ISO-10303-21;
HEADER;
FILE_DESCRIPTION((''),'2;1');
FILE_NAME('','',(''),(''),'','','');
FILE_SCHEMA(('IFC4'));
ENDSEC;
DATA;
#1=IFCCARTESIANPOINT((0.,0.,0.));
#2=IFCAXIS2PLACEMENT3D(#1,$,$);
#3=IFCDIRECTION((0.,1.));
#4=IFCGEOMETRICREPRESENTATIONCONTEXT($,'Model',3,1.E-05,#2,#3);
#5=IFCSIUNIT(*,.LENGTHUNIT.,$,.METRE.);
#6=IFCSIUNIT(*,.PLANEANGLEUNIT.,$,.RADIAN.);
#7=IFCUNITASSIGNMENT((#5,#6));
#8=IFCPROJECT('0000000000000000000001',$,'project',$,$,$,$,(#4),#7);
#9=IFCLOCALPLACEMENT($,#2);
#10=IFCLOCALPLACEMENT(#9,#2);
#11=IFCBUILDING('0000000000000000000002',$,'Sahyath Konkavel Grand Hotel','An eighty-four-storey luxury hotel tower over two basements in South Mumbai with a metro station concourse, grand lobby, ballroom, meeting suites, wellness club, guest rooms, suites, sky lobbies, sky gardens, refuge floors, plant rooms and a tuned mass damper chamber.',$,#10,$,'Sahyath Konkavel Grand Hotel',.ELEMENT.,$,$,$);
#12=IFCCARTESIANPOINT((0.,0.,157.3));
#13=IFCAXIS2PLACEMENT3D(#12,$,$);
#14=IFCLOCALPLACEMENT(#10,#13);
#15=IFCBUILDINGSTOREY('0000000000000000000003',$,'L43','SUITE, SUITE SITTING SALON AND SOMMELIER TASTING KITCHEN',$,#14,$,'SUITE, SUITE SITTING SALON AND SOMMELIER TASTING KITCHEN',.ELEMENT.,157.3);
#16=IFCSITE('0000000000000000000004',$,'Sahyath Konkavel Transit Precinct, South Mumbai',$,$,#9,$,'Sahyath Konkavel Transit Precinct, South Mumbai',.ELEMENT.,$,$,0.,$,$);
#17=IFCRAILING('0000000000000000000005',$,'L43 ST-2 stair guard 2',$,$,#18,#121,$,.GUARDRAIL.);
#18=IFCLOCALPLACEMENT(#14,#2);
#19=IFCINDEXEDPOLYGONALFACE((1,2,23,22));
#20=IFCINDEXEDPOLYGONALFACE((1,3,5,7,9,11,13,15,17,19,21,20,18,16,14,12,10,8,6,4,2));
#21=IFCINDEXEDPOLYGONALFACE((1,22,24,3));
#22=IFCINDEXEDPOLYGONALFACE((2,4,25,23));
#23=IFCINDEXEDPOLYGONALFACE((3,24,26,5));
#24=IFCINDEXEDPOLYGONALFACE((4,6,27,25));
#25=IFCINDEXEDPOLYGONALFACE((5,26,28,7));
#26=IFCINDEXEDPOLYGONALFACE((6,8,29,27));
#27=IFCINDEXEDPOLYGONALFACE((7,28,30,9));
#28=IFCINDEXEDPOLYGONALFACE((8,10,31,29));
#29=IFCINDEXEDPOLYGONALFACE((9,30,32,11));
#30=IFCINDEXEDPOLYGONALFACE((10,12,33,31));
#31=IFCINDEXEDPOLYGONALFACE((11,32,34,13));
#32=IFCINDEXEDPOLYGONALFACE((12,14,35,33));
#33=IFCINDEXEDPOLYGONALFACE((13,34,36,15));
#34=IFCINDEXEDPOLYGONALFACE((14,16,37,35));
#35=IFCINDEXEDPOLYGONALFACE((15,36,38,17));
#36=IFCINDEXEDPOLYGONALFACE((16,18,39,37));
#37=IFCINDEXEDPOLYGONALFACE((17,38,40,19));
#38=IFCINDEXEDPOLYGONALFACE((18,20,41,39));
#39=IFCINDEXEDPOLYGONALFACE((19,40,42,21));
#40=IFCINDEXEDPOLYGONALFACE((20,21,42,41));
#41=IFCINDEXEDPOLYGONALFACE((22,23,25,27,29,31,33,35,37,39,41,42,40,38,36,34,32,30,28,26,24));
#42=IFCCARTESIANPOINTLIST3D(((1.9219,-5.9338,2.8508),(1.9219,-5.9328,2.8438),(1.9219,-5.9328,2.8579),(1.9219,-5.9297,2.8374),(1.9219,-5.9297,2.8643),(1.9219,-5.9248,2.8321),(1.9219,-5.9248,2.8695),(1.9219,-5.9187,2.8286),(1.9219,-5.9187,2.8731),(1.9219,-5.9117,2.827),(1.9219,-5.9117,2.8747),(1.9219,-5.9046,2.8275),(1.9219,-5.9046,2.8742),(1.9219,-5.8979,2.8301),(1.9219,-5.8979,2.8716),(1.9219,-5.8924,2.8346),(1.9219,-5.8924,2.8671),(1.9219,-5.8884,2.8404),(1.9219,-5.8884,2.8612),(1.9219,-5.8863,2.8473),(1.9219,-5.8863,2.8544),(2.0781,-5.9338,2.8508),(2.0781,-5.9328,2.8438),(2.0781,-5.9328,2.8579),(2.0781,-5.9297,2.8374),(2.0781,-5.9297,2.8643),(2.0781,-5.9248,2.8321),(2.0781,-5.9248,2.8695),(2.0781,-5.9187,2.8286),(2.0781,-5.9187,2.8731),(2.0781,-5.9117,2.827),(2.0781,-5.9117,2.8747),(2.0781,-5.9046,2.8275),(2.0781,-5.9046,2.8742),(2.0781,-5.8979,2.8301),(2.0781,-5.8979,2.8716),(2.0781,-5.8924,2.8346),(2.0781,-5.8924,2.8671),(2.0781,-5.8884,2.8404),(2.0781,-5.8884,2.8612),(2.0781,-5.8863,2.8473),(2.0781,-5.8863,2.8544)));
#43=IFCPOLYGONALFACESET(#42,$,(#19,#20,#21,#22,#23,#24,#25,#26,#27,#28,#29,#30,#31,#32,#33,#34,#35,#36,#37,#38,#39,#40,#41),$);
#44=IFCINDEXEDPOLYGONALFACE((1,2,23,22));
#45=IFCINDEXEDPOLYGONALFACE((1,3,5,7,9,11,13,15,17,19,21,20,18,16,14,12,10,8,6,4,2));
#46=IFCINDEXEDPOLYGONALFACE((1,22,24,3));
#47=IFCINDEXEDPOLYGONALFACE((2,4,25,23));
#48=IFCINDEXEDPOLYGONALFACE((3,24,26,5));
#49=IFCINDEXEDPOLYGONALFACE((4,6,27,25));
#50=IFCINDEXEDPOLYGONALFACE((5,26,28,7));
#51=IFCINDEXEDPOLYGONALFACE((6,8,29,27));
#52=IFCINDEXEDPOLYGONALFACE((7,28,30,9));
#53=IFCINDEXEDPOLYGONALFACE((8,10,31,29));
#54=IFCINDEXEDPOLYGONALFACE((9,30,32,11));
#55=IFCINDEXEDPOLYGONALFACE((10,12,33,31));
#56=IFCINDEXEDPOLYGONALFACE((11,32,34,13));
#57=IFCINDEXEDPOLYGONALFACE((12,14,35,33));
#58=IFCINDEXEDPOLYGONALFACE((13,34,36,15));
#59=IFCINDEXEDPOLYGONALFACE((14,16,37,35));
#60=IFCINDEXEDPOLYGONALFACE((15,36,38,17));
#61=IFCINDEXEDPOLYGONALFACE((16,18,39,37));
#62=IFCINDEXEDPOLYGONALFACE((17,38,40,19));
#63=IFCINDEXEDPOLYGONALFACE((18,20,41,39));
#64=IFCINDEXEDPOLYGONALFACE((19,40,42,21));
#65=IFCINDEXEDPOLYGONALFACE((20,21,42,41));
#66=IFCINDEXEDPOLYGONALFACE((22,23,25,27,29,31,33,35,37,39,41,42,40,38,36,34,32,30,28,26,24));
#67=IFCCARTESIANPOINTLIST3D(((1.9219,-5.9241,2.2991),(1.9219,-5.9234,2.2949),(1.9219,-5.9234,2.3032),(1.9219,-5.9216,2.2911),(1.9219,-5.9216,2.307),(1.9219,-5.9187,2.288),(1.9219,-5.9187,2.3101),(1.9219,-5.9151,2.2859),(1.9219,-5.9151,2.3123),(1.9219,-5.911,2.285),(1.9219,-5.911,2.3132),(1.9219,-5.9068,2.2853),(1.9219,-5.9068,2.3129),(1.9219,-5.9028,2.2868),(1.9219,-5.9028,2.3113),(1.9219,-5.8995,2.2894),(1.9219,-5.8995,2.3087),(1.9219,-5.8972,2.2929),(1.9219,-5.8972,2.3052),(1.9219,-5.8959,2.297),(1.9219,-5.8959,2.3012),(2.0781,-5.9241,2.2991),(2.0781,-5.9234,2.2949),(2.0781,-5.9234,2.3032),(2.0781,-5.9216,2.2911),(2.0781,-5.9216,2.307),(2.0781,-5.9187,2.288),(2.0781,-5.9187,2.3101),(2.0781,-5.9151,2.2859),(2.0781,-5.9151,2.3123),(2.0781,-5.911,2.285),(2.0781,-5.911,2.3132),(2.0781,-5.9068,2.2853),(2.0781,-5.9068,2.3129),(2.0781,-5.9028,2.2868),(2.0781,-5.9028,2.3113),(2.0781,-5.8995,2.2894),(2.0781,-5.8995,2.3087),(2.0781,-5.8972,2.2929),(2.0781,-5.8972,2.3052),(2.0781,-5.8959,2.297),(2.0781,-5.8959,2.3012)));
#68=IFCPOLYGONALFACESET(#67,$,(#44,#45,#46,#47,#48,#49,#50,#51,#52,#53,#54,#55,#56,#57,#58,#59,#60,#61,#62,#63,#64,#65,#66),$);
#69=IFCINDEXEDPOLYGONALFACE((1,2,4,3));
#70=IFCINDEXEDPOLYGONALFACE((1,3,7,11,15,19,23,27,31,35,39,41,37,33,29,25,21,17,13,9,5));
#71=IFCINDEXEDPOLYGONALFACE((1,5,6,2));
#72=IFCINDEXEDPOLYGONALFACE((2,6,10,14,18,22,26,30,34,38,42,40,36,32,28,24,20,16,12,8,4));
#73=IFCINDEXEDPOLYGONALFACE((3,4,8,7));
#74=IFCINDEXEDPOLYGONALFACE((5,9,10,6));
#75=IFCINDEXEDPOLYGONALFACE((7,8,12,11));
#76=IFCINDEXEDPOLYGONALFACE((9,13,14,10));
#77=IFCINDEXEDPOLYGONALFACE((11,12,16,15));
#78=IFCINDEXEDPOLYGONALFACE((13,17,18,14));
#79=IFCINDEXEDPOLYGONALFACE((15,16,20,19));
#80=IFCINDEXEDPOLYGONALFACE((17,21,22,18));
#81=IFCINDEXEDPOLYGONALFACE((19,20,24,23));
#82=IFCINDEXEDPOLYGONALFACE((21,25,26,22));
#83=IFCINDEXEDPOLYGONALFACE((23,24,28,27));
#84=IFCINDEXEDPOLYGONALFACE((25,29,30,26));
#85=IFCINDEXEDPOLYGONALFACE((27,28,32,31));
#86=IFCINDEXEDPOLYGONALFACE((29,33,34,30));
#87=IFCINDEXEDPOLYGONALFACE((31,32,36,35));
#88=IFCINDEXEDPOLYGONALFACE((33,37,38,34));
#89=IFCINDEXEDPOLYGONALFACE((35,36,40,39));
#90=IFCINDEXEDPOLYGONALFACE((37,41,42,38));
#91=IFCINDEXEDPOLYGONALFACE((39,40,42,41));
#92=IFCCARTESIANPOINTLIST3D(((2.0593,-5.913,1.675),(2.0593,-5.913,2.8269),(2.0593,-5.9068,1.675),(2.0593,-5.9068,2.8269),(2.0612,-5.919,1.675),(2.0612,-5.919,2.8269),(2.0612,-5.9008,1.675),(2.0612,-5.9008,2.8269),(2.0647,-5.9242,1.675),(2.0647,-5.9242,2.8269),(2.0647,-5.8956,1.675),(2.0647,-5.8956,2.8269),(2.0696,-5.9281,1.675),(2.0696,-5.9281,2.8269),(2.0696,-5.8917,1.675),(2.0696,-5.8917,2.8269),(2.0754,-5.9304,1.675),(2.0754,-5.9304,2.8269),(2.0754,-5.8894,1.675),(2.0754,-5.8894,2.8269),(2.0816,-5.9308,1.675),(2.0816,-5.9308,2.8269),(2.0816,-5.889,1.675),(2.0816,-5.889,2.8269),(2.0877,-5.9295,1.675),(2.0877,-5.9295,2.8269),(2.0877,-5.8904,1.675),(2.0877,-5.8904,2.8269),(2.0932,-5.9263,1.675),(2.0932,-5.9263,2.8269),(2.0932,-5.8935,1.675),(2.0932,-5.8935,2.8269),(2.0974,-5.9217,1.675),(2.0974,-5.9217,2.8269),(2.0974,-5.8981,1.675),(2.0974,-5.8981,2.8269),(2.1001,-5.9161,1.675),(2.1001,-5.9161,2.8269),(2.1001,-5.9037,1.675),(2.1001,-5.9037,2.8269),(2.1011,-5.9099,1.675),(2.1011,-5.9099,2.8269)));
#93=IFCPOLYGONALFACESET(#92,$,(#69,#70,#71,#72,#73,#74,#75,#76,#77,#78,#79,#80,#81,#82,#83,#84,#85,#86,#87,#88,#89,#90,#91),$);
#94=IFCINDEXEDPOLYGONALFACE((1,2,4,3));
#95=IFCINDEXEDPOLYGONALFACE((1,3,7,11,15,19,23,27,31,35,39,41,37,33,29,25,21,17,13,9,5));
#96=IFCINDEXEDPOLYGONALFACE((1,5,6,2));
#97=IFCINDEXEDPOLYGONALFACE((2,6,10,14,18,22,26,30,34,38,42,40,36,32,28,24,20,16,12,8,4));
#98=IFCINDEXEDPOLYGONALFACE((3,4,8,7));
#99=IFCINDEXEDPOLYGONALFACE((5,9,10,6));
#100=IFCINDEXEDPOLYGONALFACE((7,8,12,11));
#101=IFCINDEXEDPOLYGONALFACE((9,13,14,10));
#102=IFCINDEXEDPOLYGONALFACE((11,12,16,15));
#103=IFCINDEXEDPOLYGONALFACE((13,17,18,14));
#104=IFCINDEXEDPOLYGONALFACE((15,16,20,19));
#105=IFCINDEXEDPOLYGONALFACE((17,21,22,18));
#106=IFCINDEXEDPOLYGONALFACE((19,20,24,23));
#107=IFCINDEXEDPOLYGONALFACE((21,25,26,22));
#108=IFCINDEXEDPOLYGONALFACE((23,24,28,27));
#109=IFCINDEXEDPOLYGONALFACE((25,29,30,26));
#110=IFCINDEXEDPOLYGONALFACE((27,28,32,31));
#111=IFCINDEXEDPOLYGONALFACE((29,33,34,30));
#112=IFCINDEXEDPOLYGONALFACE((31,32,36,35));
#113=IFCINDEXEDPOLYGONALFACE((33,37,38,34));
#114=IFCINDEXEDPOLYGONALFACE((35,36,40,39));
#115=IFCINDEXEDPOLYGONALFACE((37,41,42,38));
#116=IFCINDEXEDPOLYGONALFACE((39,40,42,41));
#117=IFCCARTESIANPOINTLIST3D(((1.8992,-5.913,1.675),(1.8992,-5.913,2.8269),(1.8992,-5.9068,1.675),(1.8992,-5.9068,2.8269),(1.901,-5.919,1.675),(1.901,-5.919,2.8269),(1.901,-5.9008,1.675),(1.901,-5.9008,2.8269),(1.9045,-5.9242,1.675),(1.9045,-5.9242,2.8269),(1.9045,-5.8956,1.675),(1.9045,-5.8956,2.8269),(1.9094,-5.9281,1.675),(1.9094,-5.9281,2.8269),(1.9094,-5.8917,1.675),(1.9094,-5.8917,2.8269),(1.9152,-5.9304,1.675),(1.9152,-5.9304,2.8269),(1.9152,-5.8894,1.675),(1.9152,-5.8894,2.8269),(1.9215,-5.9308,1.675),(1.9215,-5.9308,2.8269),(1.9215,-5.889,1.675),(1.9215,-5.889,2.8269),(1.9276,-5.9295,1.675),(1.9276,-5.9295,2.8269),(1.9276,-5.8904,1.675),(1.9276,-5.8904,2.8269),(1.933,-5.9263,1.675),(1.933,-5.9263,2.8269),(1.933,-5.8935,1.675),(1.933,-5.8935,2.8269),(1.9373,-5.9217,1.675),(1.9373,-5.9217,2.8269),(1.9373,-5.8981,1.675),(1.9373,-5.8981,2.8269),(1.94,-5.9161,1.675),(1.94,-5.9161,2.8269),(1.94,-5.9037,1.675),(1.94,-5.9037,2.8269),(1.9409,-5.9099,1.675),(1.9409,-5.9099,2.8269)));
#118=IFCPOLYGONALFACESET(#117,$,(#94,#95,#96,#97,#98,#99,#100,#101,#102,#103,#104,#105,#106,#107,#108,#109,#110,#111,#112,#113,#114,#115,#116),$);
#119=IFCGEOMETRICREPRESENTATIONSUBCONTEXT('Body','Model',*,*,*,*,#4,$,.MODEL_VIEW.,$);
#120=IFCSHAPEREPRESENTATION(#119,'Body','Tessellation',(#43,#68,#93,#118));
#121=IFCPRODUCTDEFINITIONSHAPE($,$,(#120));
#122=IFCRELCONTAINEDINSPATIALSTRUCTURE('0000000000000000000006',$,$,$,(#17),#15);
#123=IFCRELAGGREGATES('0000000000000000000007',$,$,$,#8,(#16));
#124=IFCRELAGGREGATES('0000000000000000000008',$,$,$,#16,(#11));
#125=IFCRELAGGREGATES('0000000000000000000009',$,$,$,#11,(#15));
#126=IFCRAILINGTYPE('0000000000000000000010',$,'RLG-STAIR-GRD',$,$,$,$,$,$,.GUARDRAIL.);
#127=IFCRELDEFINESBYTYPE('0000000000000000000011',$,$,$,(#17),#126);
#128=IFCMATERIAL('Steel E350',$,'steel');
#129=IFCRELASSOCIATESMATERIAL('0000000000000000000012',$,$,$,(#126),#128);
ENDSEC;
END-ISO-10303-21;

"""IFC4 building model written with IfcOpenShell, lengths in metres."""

from ifc_helpers import new_model, si_unit, direction, frame, origin, origin_2d, place, context, subcontext, project, spatial, circle, extrude, material, type_object, element, save


model = new_model("IFC4")

# Units and contexts
model_context = context("Model", 3, precision=1e-05, world=origin(), true_north=direction((0.0, 1.0)))
body_context = subcontext(model_context, "Body", "Model", "MODEL_VIEW")
ifc_project = project(units=[si_unit("LENGTHUNIT", "METRE"), si_unit("PLANEANGLEUNIT", "RADIAN")], contexts=[model_context])

# Site, building, storey
site_placement = place(None, origin())
site = spatial("IfcSite", under=ifc_project, at=site_placement, Name="Sahyath Konkavel Transit Precinct, South Mumbai", LongName="Sahyath Konkavel Transit Precinct, South Mumbai", CompositionType="ELEMENT", RefElevation=0.0)
building_placement = place(site_placement, origin())
building = spatial("IfcBuilding", under=site, at=building_placement, Name="Sahyath Konkavel Grand Hotel", Description="An eighty-four-storey luxury hotel tower over two basements in South Mumbai with a metro station concourse, grand lobby, ballroom, meeting suites, wellness club, guest rooms, suites, sky lobbies, sky gardens, refuge floors, plant rooms and a tuned mass damper chamber.", LongName="Sahyath Konkavel Grand Hotel", CompositionType="ELEMENT")
storey_placement = place(building_placement, frame((0.0, 0.0, 157.3)))
storey = spatial("IfcBuildingStorey", under=building, at=storey_placement, Name="L43", Description="SUITE, SUITE SITTING SALON AND SOMMELIER TASTING KITCHEN", LongName="SUITE, SUITE SITTING SALON AND SOMMELIER TASTING KITCHEN", CompositionType="ELEMENT", Elevation=157.3)

# Shared definitions
ifc_material_1 = material(Name="Steel E350", Category="steel")

# Railing
railing_type_1 = type_object("IfcRailingType", Name="RLG-STAIR-GRD", PredefinedType="GUARDRAIL", material=ifc_material_1)
railing_1_placement = place(storey_placement, frame((2.0801, -5.9099, 1.675)))
element("IfcRailing", 1, at=railing_1_placement, inside=storey, type_object=railing_type_1, Name="L43 ST-2 stair guard 2", PredefinedType="GUARDRAIL", context=body_context, shape_type="SweptSolid", body=[
    extrude(circle(Radius=0.0239, at=origin_2d()), frame((-0.002, 0.0, 1.1758), z_axis=(-1.0, 0.0, 0.0), x_axis=(0.0, -1.0, 0.0)), (0.0, 0.0, 1.0), 0.1562),
    extrude(circle(Radius=0.0142, at=origin_2d()), frame((-0.002, 0.0, 0.624), z_axis=(-1.0, 0.0, 0.0), x_axis=(0.0, -1.0, 0.0)), (0.0, 0.0, 1.0), 0.1562),
    extrude(circle(Radius=0.021, at=origin_2d()), origin(), (0.0, 0.0, 1.0), 1.1519),
    extrude(circle(Radius=0.021, at=origin_2d()), frame((-0.1602, 0.0, 0.0)), (0.0, 0.0, 1.0), 1.1519),
])

save(model, "model.ifc")
